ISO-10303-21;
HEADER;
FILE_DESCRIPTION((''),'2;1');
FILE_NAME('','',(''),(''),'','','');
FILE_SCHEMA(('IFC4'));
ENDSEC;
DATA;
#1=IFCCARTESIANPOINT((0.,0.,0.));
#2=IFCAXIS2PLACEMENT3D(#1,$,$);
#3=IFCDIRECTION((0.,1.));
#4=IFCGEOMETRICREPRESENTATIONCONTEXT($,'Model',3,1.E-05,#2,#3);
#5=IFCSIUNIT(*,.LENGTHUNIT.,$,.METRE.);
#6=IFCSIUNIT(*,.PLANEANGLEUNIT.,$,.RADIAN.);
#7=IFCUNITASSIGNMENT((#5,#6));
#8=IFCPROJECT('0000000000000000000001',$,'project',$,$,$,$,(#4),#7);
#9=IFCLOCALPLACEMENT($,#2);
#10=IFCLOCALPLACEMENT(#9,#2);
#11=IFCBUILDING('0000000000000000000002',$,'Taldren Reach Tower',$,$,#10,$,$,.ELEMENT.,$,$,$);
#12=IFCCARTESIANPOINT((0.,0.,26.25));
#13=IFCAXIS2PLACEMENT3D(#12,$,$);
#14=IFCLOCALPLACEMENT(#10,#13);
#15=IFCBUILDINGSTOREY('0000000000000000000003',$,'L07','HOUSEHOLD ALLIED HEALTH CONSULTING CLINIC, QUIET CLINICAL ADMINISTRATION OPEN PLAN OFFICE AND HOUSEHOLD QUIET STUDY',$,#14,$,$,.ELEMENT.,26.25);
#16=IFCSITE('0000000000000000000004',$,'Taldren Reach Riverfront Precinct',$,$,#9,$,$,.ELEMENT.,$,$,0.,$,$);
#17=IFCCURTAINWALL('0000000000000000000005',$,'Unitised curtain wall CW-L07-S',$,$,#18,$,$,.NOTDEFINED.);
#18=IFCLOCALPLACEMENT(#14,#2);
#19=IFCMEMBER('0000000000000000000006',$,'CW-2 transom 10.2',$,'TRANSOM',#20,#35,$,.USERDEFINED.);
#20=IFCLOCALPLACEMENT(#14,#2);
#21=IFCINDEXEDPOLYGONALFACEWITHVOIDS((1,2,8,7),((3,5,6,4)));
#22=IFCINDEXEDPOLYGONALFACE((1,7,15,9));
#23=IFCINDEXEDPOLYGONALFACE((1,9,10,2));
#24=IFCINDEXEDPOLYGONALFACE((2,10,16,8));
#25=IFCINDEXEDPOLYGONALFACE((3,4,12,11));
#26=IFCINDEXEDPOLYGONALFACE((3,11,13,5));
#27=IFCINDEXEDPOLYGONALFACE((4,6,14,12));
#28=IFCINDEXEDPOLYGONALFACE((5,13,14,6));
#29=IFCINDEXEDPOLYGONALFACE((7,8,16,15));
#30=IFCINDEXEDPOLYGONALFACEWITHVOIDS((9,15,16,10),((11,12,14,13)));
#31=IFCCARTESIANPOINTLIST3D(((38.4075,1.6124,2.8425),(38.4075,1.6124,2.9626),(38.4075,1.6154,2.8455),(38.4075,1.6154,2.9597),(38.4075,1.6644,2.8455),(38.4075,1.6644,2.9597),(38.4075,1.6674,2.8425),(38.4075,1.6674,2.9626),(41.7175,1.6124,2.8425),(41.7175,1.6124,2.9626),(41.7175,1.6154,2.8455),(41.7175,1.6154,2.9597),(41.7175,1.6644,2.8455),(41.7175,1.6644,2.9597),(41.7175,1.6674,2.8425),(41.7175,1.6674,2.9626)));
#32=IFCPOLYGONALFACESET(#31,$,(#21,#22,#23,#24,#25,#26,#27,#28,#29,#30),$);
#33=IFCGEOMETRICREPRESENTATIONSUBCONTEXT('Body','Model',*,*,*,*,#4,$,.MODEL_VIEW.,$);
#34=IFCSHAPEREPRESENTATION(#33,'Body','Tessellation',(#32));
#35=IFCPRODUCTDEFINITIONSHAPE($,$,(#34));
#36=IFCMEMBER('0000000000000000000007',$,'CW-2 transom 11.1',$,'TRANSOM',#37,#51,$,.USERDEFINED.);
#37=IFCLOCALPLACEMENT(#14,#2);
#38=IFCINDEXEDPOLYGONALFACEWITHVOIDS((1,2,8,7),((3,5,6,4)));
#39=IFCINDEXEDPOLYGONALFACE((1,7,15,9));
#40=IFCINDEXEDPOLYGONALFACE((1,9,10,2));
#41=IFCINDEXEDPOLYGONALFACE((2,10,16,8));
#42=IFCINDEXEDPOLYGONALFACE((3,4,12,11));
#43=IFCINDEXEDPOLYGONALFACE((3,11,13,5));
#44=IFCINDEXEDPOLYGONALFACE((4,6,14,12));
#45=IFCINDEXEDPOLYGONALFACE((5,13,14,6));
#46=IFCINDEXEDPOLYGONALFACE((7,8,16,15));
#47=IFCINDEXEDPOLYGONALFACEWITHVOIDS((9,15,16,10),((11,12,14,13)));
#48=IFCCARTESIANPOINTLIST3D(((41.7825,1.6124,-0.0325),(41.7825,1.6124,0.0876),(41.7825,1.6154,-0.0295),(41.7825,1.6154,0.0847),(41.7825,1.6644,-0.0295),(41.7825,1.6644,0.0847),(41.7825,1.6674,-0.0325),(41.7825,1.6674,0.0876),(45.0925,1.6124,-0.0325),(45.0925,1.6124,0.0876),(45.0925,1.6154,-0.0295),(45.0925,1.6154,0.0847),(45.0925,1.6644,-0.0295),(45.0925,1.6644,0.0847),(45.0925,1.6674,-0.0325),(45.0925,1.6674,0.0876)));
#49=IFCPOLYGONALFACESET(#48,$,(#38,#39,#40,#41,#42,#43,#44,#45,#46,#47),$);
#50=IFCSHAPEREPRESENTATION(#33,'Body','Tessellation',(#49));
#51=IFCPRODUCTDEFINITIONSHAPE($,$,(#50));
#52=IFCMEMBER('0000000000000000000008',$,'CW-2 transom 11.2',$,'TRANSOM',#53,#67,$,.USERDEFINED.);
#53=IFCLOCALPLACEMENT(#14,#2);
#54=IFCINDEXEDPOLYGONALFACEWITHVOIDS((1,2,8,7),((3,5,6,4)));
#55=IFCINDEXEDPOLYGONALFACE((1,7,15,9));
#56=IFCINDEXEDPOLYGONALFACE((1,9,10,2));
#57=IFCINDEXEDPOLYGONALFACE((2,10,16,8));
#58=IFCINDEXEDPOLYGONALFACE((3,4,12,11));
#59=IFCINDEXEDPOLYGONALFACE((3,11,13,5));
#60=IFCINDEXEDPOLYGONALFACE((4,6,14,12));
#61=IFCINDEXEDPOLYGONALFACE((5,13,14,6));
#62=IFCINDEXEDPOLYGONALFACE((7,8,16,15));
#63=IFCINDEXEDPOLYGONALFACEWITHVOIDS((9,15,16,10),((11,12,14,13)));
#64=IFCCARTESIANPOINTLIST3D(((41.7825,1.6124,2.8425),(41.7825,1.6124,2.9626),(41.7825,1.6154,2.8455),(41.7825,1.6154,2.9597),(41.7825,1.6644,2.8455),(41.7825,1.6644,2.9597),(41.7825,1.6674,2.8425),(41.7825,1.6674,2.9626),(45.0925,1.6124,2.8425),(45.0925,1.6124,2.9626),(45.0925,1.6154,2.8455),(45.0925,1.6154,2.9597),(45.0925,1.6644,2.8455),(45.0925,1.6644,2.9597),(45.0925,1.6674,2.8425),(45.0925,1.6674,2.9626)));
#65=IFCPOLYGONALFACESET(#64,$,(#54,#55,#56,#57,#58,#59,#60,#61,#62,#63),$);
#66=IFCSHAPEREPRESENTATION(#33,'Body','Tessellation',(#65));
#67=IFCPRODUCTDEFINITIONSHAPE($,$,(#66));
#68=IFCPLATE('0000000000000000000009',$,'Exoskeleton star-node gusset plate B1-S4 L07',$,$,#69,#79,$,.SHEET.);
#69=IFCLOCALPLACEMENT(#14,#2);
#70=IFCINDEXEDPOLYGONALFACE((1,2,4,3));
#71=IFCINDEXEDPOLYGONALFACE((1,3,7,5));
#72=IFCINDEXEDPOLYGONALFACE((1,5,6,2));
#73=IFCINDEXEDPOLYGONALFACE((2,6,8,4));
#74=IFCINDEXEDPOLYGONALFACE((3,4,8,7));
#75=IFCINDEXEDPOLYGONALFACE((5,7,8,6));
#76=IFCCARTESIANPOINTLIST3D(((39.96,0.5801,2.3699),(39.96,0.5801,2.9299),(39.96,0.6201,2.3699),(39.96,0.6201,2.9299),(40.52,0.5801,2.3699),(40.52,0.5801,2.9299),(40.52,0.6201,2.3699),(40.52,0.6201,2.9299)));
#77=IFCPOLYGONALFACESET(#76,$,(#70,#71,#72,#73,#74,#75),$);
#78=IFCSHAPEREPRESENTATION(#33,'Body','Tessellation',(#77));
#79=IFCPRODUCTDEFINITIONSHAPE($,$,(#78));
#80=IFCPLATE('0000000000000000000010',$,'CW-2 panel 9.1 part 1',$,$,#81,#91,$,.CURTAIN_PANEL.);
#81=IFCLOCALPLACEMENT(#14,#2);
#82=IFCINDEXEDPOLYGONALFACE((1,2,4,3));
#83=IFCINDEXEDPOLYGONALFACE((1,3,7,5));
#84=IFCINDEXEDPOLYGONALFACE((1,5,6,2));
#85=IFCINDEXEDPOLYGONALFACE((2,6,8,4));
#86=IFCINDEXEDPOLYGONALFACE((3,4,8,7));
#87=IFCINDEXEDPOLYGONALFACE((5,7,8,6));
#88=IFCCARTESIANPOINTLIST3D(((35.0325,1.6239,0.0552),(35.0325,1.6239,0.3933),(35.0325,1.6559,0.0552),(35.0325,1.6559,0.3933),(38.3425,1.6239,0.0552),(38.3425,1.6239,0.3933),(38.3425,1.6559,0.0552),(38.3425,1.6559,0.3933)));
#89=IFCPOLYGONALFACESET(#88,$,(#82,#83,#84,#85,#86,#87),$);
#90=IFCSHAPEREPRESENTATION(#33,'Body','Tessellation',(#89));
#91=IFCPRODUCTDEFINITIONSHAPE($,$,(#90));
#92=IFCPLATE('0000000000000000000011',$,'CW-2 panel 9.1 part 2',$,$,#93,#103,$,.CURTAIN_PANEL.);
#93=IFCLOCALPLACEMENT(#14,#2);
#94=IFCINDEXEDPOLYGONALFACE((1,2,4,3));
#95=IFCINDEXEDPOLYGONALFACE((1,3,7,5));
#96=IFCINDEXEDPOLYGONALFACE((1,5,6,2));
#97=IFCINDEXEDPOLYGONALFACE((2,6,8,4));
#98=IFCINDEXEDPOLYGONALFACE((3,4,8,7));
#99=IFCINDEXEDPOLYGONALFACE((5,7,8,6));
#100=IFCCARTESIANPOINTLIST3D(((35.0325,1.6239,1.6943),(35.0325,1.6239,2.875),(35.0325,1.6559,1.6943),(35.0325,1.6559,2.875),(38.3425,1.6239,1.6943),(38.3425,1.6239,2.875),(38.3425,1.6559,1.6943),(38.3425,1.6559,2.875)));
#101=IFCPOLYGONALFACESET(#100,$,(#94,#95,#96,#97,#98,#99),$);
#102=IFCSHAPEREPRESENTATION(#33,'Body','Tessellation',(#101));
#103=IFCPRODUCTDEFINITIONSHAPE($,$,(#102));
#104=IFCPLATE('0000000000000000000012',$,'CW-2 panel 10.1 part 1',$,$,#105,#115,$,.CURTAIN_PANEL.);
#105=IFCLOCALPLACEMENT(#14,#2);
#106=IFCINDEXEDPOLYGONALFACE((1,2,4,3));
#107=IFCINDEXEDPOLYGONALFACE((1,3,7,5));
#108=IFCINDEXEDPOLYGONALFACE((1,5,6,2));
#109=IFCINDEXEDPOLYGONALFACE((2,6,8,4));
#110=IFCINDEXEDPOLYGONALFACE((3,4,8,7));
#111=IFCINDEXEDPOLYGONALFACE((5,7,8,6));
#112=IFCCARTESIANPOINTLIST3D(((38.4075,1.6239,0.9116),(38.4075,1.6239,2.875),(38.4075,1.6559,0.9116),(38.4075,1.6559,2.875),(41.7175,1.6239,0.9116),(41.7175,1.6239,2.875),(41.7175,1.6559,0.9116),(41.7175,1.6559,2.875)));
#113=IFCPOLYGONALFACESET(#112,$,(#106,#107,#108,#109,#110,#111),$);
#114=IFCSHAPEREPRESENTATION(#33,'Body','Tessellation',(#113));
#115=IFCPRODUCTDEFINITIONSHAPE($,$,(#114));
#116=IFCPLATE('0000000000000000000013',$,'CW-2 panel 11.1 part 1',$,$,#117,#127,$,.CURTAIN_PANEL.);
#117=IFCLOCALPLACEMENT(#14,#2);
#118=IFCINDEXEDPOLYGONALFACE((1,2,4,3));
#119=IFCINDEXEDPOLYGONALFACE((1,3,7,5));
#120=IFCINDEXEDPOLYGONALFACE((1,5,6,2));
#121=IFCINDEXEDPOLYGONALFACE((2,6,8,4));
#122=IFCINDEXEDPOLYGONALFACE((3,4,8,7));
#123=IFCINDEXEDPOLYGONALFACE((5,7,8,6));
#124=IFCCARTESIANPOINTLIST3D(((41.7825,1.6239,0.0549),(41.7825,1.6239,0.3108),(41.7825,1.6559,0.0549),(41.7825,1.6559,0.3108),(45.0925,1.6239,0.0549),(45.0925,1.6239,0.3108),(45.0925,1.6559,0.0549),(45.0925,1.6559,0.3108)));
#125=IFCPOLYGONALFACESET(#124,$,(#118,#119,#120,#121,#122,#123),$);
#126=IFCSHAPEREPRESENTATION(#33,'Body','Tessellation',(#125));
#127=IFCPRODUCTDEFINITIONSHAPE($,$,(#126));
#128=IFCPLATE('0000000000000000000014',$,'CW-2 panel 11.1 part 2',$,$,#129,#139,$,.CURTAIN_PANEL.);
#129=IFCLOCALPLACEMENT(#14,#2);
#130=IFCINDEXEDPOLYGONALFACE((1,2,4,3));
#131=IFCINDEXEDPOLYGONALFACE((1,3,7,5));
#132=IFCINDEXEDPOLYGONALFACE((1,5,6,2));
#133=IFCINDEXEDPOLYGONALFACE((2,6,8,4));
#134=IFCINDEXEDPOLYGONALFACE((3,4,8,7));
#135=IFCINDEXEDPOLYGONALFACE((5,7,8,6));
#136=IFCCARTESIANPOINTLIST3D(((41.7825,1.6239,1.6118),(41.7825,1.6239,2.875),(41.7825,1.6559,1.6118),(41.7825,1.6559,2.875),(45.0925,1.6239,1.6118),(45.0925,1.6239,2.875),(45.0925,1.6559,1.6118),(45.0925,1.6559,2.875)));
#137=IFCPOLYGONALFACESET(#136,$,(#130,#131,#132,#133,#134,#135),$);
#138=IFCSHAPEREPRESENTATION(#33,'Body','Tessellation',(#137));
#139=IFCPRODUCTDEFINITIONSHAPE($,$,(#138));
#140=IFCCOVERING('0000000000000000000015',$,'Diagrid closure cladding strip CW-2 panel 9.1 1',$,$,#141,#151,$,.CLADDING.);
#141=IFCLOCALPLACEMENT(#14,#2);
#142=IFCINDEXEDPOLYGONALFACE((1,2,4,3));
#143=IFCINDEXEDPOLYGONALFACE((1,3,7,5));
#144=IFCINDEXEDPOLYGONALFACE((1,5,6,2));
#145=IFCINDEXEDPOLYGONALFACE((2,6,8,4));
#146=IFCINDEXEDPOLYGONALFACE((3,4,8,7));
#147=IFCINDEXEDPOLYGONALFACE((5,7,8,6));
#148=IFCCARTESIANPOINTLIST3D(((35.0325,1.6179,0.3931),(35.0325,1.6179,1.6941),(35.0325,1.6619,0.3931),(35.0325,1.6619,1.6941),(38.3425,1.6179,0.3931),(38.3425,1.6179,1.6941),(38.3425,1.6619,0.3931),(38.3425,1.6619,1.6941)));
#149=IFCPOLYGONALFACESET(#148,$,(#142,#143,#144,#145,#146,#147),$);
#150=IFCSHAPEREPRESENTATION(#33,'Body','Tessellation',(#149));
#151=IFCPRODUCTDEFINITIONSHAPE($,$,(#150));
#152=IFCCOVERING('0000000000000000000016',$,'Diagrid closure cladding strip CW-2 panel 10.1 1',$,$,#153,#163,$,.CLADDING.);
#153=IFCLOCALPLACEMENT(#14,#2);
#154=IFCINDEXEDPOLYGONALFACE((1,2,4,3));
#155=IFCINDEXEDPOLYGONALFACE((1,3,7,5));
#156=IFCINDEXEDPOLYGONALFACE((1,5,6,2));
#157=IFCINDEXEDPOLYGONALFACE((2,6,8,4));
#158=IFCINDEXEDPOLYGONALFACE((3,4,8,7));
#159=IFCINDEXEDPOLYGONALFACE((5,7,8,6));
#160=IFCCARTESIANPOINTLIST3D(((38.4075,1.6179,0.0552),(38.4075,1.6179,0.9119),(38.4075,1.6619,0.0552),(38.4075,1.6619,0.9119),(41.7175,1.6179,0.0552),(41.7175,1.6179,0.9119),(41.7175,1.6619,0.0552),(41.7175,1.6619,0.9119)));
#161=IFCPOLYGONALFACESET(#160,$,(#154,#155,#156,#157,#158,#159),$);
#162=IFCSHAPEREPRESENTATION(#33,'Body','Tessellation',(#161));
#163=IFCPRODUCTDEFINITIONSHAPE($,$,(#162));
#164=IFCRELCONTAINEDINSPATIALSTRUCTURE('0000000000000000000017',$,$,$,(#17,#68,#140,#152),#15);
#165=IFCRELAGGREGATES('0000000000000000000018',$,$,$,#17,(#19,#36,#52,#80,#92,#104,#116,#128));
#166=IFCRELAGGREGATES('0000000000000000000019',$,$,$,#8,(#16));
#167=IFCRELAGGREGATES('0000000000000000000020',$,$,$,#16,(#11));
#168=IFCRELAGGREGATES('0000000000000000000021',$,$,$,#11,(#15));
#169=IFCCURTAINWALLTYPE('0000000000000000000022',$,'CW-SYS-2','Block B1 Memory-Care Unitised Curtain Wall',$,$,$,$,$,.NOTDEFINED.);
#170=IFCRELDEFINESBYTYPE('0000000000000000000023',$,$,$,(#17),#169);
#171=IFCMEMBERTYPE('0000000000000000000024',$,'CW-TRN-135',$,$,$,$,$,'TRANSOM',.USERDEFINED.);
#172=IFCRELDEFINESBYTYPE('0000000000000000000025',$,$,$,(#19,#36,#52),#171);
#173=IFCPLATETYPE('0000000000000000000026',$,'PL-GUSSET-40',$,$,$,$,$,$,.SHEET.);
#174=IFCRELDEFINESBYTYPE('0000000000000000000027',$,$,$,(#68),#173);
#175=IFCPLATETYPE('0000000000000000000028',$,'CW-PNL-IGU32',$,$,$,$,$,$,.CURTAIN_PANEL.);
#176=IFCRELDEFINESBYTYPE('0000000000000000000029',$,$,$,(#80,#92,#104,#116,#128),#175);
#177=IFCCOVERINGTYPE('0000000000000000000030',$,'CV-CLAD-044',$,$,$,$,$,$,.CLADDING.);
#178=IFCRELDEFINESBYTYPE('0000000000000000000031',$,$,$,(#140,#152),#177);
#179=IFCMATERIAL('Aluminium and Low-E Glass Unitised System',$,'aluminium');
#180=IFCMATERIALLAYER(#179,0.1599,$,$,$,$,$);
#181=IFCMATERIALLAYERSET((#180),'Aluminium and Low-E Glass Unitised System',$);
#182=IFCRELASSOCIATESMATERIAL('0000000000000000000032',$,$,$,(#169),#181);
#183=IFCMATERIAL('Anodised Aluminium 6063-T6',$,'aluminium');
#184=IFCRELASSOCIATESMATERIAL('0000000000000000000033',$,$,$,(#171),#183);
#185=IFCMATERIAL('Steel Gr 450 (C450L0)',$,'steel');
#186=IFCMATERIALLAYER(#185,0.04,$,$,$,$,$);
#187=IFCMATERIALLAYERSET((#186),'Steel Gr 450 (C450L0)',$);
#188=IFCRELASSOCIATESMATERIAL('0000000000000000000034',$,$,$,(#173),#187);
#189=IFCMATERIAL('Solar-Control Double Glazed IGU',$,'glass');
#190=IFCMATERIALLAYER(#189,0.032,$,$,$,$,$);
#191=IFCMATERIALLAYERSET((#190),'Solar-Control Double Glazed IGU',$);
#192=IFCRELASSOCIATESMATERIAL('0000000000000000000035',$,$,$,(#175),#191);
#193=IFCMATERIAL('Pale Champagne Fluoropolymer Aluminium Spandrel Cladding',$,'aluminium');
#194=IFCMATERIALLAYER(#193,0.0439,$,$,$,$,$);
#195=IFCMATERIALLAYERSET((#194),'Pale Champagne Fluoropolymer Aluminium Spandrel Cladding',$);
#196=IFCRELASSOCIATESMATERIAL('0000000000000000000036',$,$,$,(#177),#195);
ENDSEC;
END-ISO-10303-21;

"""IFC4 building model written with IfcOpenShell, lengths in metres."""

from ifc_helpers import new_model, si_unit, direction, frame, origin, origin_2d, place, context, subcontext, project, spatial, rectangle, hollow_rectangle, extrude, source, transform, mapped, material, layer, layer_set, material_profile, profile_set, type_object, element, aggregate, save


model = new_model("IFC4")

# Units and contexts
model_context = context("Model", 3, precision=1e-05, world=origin(), true_north=direction((0.0, 1.0)))
body_context = subcontext(model_context, "Body", "Model", "MODEL_VIEW")
ifc_project = project(units=[si_unit("LENGTHUNIT", "METRE"), si_unit("PLANEANGLEUNIT", "RADIAN")], contexts=[model_context])

# Site, building, storey
site_placement = place(None, origin())
site = spatial("IfcSite", under=ifc_project, at=site_placement, Name="Taldren Reach Riverfront Precinct", CompositionType="ELEMENT", RefElevation=0.0)
building_placement = place(site_placement, origin())
building = spatial("IfcBuilding", under=site, at=building_placement, Name="Taldren Reach Tower", CompositionType="ELEMENT")
storey_placement = place(building_placement, frame((0.0, 0.0, 26.25)))
storey = spatial("IfcBuildingStorey", under=building, at=storey_placement, Name="L07", Description="HOUSEHOLD ALLIED HEALTH CONSULTING CLINIC, QUIET CLINICAL ADMINISTRATION OPEN PLAN OFFICE AND HOUSEHOLD QUIET STUDY", CompositionType="ELEMENT", Elevation=26.25)

# Shared definitions
ifc_material_1 = material(Name="Steel Gr 450 (C450L0)", Category="steel")

# Curtain wall, members
ifc_material_2 = material(Name="Aluminium and Low-E Glass Unitised System", Category="aluminium")
ifc_layer_1 = layer(ifc_material_2, 0.1599)
ifc_layer_set_1 = layer_set([ifc_layer_1], Name="Aluminium and Low-E Glass Unitised System")
curtain_wall_type = type_object("IfcCurtainWallType", Name="CW-SYS-2", Description="Block B1 Memory-Care Unitised Curtain Wall", PredefinedType="NOTDEFINED", material=ifc_layer_set_1)
curtain_wall_placement = place(storey_placement, origin())
curtain_wall = element("IfcCurtainWall", 1, at=curtain_wall_placement, inside=storey, type_object=curtain_wall_type, Name="Unitised curtain wall CW-L07-S", PredefinedType="NOTDEFINED")
ifc_material_3 = material(Name="Anodised Aluminium 6063-T6", Category="aluminium")
ifc_material_profile_1 = material_profile(ifc_material_3, hollow_rectangle(XDim=0.0549, YDim=0.1201, WallThickness=0.0029, at=origin_2d()), Name="ALU-120x55x3RHS")
ifc_profile_set_1 = profile_set([ifc_material_profile_1], Name="Anodised Aluminium 6063-T6")
member_type_1 = type_object("IfcMemberType", Name="CW-TRN-135", ElementType="TRANSOM", PredefinedType="USERDEFINED", material=ifc_profile_set_1)
shared_shape_1 = source(origin(), body_context, "Body", "SweptSolid", [
    extrude(hollow_rectangle(XDim=0.0549, YDim=0.1201, WallThickness=0.0029, at=origin_2d()), origin(), (0.0, 0.0, 1.0), 3.3101),
])
member_1_placement = place(storey_placement, frame((38.4075, 1.6399, 2.9026), z_axis=(1.0, 0.0, 0.0), x_axis=(0.0, 1.0, 0.0)))
member_1 = element("IfcMember", 2, at=member_1_placement, type_object=member_type_1, Name="CW-2 transom 10.2", ObjectType="TRANSOM", PredefinedType="USERDEFINED", context=body_context, shape_type="MappedRepresentation", body=[
    mapped(shared_shape_1, transform((0.0, 0.0, 0.0), scale=1.0)),
])
member_2_placement = place(storey_placement, frame((41.7825, 1.6399, 0.0276), z_axis=(1.0, 0.0, 0.0), x_axis=(0.0, 1.0, 0.0)))
member_2 = element("IfcMember", 3, at=member_2_placement, type_object=member_type_1, Name="CW-2 transom 11.1", ObjectType="TRANSOM", PredefinedType="USERDEFINED", context=body_context, shape_type="MappedRepresentation", body=[
    mapped(shared_shape_1, transform((0.0, 0.0, 0.0), scale=1.0)),
])
member_3_placement = place(storey_placement, frame((41.7825, 1.6399, 2.9026), z_axis=(1.0, 0.0, 0.0), x_axis=(0.0, 1.0, 0.0)))
member_3 = element("IfcMember", 4, at=member_3_placement, type_object=member_type_1, Name="CW-2 transom 11.2", ObjectType="TRANSOM", PredefinedType="USERDEFINED", context=body_context, shape_type="MappedRepresentation", body=[
    mapped(shared_shape_1, transform((0.0, 0.0, 0.0), scale=1.0)),
])

# Plates
ifc_layer_2 = layer(ifc_material_1, 0.04)
ifc_layer_set_2 = layer_set([ifc_layer_2], Name="Steel Gr 450 (C450L0)")
plate_type_1 = type_object("IfcPlateType", Name="PL-GUSSET-40", PredefinedType="SHEET", material=ifc_layer_set_2)
shared_shape_2 = source(origin(), body_context, "Body", "SweptSolid", [
    extrude(rectangle(XDim=0.5601, YDim=0.04, at=origin_2d()), origin(), (0.0, 0.0, 1.0), 0.5601),
])
plate_1_placement = place(storey_placement, frame((40.24, 0.6001, 2.3699), z_axis=(0.0, 0.0, 1.0), x_axis=(1.0, 0.0, 0.0)))
element("IfcPlate", 5, at=plate_1_placement, inside=storey, type_object=plate_type_1, Name="Exoskeleton star-node gusset plate B1-S4 L07", PredefinedType="SHEET", context=body_context, shape_type="MappedRepresentation", body=[
    mapped(shared_shape_2, transform((0.0, 0.0, 0.0), scale=1.0)),
])
ifc_material_4 = material(Name="Solar-Control Double Glazed IGU", Category="glass")
ifc_layer_3 = layer(ifc_material_4, 0.032)
ifc_layer_set_3 = layer_set([ifc_layer_3], Name="Solar-Control Double Glazed IGU")
plate_type_2 = type_object("IfcPlateType", Name="CW-PNL-IGU32", PredefinedType="CURTAIN_PANEL", material=ifc_layer_set_3)
shared_shape_3 = source(origin(), body_context, "Body", "SweptSolid", [
    extrude(rectangle(XDim=3.3101, YDim=0.032, at=origin_2d()), origin(), (0.0, 0.0, 1.0), 0.3381),
])
plate_2_placement = place(storey_placement, frame((36.6875, 1.6399, 0.0552), z_axis=(0.0, 0.0, 1.0), x_axis=(1.0, 0.0, 0.0)))
plate_2 = element("IfcPlate", 6, at=plate_2_placement, type_object=plate_type_2, Name="CW-2 panel 9.1 part 1", PredefinedType="CURTAIN_PANEL", context=body_context, shape_type="MappedRepresentation", body=[
    mapped(shared_shape_3, transform((0.0, 0.0, 0.0), scale=1.0)),
])
shared_shape_4 = source(origin(), body_context, "Body", "SweptSolid", [
    extrude(rectangle(XDim=3.3101, YDim=0.032, at=origin_2d()), origin(), (0.0, 0.0, 1.0), 1.1807),
])
plate_3_placement = place(storey_placement, frame((36.6875, 1.6399, 1.6943), z_axis=(0.0, 0.0, 1.0), x_axis=(1.0, 0.0, 0.0)))
plate_3 = element("IfcPlate", 7, at=plate_3_placement, type_object=plate_type_2, Name="CW-2 panel 9.1 part 2", PredefinedType="CURTAIN_PANEL", context=body_context, shape_type="MappedRepresentation", body=[
    mapped(shared_shape_4, transform((0.0, 0.0, 0.0), scale=1.0)),
])
shared_shape_5 = source(origin(), body_context, "Body", "SweptSolid", [
    extrude(rectangle(XDim=3.3101, YDim=0.032, at=origin_2d()), origin(), (0.0, 0.0, 1.0), 1.9634),
])
plate_4_placement = place(storey_placement, frame((40.0625, 1.6399, 0.9116), z_axis=(0.0, 0.0, 1.0), x_axis=(1.0, 0.0, 0.0)))
plate_4 = element("IfcPlate", 8, at=plate_4_placement, type_object=plate_type_2, Name="CW-2 panel 10.1 part 1", PredefinedType="CURTAIN_PANEL", context=body_context, shape_type="MappedRepresentation", body=[
    mapped(shared_shape_5, transform((0.0, 0.0, 0.0), scale=1.0)),
])
shared_shape_6 = source(origin(), body_context, "Body", "SweptSolid", [
    extrude(rectangle(XDim=3.3101, YDim=0.032, at=origin_2d()), origin(), (0.0, 0.0, 1.0), 0.2559),
])
plate_5_placement = place(storey_placement, frame((43.4375, 1.6399, 0.0549), z_axis=(0.0, 0.0, 1.0), x_axis=(1.0, 0.0, 0.0)))
plate_5 = element("IfcPlate", 9, at=plate_5_placement, type_object=plate_type_2, Name="CW-2 panel 11.1 part 1", PredefinedType="CURTAIN_PANEL", context=body_context, shape_type="MappedRepresentation", body=[
    mapped(shared_shape_6, transform((0.0, 0.0, 0.0), scale=1.0)),
])
shared_shape_7 = source(origin(), body_context, "Body", "SweptSolid", [
    extrude(rectangle(XDim=3.3101, YDim=0.032, at=origin_2d()), origin(), (0.0, 0.0, 1.0), 1.2632),
])
plate_6_placement = place(storey_placement, frame((43.4375, 1.6399, 1.6118), z_axis=(0.0, 0.0, 1.0), x_axis=(1.0, 0.0, 0.0)))
plate_6 = element("IfcPlate", 10, at=plate_6_placement, type_object=plate_type_2, Name="CW-2 panel 11.1 part 2", PredefinedType="CURTAIN_PANEL", context=body_context, shape_type="MappedRepresentation", body=[
    mapped(shared_shape_7, transform((0.0, 0.0, 0.0), scale=1.0)),
])
aggregate(curtain_wall, [member_1, member_2, member_3, plate_2, plate_3, plate_4, plate_5, plate_6])

# Coverings
ifc_material_5 = material(Name="Pale Champagne Fluoropolymer Aluminium Spandrel Cladding", Category="aluminium")
ifc_layer_4 = layer(ifc_material_5, 0.0439)
ifc_layer_set_4 = layer_set([ifc_layer_4], Name="Pale Champagne Fluoropolymer Aluminium Spandrel Cladding")
covering_type = type_object("IfcCoveringType", Name="CV-CLAD-044", PredefinedType="CLADDING", material=ifc_layer_set_4)
shared_shape_8 = source(origin(), body_context, "Body", "SweptSolid", [
    extrude(rectangle(XDim=3.3101, YDim=0.0439, at=origin_2d()), origin(), (0.0, 0.0, 1.0), 1.301),
])
covering_1_placement = place(storey_placement, frame((36.6875, 1.6399, 0.3931), z_axis=(0.0, 0.0, 1.0), x_axis=(1.0, 0.0, 0.0)))
element("IfcCovering", 11, at=covering_1_placement, inside=storey, type_object=covering_type, Name="Diagrid closure cladding strip CW-2 panel 9.1 1", PredefinedType="CLADDING", context=body_context, shape_type="MappedRepresentation", body=[
    mapped(shared_shape_8, transform((0.0, 0.0, 0.0), scale=1.0)),
])
shared_shape_9 = source(origin(), body_context, "Body", "SweptSolid", [
    extrude(rectangle(XDim=3.3101, YDim=0.0439, at=origin_2d()), origin(), (0.0, 0.0, 1.0), 0.8567),
])
covering_2_placement = place(storey_placement, frame((40.0625, 1.6399, 0.0552), z_axis=(0.0, 0.0, 1.0), x_axis=(1.0, 0.0, 0.0)))
element("IfcCovering", 12, at=covering_2_placement, inside=storey, type_object=covering_type, Name="Diagrid closure cladding strip CW-2 panel 10.1 1", PredefinedType="CLADDING", context=body_context, shape_type="MappedRepresentation", body=[
    mapped(shared_shape_9, transform((0.0, 0.0, 0.0), scale=1.0)),
])

save(model, "model.ifc")
